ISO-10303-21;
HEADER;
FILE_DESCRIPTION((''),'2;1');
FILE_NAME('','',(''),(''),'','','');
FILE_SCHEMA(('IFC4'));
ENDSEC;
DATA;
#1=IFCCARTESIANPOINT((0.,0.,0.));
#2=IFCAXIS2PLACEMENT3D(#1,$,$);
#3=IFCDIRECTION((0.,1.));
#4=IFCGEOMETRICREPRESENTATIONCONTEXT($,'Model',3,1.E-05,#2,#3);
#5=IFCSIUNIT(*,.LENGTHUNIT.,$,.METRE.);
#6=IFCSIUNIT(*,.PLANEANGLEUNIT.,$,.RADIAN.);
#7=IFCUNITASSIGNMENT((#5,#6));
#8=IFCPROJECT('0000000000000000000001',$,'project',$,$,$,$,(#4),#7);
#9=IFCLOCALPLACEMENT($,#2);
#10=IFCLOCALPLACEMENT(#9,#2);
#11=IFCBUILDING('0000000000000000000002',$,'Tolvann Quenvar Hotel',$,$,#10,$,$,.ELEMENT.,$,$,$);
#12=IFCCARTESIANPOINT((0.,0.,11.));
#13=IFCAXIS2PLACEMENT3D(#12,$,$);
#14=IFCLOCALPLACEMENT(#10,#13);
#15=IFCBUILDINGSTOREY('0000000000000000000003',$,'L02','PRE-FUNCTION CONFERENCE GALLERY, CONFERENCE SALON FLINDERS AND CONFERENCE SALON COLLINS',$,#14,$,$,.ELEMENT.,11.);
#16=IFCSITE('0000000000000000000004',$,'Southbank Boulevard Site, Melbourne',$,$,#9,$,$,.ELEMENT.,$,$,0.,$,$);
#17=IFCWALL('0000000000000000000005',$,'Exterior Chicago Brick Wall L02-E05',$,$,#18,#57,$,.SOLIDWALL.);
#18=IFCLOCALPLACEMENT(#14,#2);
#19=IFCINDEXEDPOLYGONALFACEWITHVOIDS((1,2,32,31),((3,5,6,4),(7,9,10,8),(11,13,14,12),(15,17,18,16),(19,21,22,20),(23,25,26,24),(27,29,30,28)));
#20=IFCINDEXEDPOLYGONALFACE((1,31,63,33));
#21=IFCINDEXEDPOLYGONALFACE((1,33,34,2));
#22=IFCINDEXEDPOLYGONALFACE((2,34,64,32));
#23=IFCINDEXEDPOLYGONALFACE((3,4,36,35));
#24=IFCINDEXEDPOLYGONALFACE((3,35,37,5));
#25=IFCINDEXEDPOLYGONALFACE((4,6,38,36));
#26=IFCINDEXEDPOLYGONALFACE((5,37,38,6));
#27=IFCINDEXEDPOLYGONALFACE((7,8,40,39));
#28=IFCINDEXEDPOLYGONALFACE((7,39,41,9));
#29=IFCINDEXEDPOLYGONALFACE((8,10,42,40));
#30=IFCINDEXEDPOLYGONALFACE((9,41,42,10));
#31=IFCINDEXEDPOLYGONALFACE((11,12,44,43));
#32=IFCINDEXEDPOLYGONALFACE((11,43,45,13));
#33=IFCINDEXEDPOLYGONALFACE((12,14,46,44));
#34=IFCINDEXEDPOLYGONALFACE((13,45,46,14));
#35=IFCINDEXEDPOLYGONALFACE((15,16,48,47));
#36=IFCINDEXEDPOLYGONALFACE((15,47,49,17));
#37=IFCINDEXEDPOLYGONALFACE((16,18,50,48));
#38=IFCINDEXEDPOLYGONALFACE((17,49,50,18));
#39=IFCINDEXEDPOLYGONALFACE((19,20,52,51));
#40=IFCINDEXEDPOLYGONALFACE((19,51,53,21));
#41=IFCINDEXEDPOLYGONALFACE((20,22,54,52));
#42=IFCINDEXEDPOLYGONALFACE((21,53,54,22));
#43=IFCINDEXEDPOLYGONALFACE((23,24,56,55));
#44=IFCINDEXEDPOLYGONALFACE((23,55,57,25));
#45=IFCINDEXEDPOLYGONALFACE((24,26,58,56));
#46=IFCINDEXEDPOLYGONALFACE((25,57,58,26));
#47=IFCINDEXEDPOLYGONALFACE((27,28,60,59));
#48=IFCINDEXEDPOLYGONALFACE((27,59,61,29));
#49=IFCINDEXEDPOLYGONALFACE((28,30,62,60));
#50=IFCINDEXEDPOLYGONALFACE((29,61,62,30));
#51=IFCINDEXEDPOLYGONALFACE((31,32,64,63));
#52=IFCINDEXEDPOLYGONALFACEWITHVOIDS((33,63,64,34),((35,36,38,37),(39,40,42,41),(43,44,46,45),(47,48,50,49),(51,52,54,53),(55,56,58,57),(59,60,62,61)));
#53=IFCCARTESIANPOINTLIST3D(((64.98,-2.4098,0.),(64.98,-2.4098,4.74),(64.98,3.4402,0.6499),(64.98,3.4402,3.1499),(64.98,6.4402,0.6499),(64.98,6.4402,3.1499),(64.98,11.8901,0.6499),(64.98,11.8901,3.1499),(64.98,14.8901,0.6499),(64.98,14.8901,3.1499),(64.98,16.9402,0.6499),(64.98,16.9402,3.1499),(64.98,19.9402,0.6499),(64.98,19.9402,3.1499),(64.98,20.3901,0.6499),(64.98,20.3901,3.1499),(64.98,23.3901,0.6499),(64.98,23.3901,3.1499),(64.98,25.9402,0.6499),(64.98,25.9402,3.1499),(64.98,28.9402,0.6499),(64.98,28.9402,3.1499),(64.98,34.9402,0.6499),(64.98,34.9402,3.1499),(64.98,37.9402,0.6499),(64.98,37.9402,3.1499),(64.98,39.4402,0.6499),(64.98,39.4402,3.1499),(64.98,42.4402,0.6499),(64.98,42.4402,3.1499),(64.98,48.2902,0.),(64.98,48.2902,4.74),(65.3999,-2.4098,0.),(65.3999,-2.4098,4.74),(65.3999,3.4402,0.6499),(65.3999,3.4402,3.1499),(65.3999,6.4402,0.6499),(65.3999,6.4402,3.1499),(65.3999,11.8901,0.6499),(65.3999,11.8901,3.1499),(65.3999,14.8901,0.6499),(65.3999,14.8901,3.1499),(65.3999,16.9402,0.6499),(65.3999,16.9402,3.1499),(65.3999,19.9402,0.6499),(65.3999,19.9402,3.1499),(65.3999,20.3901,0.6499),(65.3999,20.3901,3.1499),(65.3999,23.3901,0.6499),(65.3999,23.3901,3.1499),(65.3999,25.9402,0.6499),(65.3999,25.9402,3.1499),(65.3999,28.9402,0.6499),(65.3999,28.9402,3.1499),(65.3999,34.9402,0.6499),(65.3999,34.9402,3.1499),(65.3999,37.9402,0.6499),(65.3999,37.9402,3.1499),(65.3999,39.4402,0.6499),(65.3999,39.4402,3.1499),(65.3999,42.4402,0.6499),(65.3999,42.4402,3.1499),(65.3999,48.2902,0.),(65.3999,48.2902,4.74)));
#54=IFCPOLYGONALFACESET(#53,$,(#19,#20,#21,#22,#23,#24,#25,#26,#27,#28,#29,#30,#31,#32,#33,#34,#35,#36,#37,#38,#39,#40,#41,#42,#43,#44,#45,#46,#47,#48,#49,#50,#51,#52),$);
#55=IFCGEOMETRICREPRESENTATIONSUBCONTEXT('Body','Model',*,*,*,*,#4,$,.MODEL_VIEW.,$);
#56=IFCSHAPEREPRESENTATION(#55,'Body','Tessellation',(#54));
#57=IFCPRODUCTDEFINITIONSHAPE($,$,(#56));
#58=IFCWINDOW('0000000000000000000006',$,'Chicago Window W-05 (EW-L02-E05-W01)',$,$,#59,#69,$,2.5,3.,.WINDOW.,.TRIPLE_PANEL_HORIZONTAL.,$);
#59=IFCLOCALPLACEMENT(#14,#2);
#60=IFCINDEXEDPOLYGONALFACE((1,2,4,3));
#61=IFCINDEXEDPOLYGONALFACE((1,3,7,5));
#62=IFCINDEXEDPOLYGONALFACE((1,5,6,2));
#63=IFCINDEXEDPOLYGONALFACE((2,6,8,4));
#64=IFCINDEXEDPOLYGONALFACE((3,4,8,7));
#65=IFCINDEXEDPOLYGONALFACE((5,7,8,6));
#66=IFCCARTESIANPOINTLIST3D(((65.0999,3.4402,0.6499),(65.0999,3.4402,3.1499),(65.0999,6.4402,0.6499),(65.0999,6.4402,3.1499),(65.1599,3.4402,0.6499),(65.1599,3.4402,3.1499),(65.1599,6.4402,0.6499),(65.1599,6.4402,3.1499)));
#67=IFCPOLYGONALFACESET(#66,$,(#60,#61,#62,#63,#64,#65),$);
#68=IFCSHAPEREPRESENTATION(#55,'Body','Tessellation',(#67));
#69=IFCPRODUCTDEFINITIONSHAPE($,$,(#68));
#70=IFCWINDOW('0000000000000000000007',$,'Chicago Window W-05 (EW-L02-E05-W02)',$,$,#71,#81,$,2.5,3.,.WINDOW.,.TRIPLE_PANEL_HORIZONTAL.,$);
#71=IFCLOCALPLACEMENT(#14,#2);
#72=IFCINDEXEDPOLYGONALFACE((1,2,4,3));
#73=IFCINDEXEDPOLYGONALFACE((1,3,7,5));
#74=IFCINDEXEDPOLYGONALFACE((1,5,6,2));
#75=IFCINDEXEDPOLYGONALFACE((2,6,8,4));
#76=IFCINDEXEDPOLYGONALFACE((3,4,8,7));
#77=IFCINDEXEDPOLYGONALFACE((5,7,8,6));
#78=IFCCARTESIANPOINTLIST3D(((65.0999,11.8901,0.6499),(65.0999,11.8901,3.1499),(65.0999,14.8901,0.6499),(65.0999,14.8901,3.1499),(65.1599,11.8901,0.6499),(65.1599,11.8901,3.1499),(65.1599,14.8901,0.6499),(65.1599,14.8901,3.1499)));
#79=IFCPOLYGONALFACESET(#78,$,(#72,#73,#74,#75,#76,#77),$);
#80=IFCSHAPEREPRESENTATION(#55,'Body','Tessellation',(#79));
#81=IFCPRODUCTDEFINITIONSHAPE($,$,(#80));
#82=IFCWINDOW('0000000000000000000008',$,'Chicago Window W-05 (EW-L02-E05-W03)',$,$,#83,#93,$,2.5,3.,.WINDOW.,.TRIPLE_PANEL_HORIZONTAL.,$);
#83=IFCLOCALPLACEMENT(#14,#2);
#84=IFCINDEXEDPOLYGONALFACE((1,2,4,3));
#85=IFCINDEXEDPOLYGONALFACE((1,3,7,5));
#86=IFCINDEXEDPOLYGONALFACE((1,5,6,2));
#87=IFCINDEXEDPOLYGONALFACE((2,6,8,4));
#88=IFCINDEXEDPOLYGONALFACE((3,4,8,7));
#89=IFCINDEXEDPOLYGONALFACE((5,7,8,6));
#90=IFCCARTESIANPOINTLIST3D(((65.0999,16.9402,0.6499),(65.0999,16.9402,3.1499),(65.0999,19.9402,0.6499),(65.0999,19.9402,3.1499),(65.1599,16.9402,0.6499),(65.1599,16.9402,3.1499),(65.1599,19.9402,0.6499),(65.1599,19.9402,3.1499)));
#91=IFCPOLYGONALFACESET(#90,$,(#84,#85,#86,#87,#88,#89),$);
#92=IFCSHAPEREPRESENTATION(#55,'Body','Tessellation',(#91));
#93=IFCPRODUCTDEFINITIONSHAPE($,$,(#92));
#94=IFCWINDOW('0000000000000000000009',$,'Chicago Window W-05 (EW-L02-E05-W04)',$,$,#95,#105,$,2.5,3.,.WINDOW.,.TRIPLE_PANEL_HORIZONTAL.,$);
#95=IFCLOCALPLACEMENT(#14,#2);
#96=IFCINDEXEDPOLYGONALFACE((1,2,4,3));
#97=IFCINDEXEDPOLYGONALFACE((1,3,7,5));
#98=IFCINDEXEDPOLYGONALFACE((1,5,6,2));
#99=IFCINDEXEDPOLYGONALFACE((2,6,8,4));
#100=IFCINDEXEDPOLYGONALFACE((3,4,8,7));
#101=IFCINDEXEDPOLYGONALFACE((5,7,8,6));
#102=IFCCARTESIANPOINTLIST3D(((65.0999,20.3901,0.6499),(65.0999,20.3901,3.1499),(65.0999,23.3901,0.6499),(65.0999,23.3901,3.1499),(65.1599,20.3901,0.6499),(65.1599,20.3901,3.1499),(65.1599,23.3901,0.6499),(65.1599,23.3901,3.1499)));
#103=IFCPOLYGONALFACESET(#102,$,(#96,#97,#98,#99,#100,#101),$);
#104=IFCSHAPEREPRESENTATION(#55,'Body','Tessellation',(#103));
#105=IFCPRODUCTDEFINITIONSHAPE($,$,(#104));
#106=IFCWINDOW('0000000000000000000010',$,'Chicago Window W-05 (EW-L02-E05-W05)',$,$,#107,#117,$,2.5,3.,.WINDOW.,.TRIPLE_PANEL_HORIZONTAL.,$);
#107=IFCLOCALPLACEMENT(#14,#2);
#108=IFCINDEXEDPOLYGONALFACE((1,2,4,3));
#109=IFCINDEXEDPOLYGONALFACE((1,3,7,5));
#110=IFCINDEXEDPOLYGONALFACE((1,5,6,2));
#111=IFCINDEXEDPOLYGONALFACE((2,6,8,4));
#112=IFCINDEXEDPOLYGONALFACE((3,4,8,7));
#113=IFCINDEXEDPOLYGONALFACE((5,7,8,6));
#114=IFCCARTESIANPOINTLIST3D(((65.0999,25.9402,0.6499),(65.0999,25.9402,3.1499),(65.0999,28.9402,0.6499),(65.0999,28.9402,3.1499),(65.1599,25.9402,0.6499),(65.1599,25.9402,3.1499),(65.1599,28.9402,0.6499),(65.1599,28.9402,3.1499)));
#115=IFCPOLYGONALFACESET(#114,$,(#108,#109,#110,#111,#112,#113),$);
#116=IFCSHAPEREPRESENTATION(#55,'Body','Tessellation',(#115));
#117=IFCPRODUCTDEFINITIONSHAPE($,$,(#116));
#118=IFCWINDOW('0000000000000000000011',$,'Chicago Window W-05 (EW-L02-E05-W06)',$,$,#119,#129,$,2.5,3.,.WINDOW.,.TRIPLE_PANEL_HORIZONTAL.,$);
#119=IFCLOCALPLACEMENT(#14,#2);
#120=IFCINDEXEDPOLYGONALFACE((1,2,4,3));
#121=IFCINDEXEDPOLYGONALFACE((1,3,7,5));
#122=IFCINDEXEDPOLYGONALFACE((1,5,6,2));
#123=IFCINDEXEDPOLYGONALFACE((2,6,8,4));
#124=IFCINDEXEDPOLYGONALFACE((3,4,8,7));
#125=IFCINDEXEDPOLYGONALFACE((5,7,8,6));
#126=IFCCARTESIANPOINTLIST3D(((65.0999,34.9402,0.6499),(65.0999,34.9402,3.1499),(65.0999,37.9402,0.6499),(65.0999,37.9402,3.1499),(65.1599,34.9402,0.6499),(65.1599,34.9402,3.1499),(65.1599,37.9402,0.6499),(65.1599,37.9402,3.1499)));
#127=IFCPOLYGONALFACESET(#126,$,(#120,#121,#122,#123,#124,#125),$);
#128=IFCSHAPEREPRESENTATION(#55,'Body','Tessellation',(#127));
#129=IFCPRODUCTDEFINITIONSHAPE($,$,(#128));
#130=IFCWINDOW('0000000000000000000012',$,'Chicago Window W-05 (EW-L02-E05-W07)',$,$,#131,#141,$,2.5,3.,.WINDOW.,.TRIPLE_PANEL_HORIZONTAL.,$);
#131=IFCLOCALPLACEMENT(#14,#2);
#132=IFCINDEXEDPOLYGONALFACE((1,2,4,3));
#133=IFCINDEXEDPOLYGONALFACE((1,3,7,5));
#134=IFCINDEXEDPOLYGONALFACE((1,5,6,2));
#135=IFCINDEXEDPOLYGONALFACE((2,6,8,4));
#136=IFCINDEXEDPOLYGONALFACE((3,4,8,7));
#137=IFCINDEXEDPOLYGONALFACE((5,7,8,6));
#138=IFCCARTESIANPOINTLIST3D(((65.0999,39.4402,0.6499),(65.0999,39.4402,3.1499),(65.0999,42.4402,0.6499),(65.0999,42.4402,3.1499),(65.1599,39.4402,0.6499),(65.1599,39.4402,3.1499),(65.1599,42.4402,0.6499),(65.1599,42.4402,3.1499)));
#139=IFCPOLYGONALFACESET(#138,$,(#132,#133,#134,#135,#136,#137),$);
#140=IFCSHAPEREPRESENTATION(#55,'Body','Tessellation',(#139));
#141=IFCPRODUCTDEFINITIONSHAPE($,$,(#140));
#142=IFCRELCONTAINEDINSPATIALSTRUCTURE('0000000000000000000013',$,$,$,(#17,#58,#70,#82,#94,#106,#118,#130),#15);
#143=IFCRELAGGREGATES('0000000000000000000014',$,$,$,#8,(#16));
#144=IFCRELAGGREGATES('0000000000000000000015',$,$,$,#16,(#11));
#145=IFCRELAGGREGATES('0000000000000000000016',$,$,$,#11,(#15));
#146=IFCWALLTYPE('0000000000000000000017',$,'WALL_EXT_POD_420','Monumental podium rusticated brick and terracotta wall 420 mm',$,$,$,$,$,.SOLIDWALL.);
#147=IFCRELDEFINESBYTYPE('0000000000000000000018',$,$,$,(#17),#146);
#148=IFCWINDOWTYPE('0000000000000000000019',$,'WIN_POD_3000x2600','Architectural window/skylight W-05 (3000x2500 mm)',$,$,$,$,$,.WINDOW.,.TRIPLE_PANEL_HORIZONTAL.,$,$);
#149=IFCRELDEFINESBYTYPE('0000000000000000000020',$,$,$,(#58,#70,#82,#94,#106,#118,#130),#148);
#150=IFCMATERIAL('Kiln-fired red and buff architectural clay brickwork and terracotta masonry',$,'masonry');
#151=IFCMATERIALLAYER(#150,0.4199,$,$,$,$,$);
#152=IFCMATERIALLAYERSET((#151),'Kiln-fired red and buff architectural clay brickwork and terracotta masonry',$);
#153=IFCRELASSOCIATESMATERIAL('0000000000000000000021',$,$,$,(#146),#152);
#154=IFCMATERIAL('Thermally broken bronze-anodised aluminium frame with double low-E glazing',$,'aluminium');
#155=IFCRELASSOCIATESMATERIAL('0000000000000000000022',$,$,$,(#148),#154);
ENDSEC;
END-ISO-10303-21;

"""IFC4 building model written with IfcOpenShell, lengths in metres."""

from ifc_helpers import new_model, si_unit, direction, frame, frame_2d, origin, place, context, subcontext, project, spatial, rectangle, extrude, source, transform, mapped, material, layer, layer_set, type_object, type_shapes, element, fill, save


model = new_model("IFC4")

# Units and contexts
model_context = context("Model", 3, precision=1e-05, world=origin(), true_north=direction((0.0, 1.0)))
body_context = subcontext(model_context, "Body", "Model", "MODEL_VIEW")
ifc_project = project(units=[si_unit("LENGTHUNIT", "METRE"), si_unit("PLANEANGLEUNIT", "RADIAN")], contexts=[model_context])

# Site, building, storey
site_placement = place(None, origin())
site = spatial("IfcSite", under=ifc_project, at=site_placement, Name="Southbank Boulevard Site, Melbourne", CompositionType="ELEMENT", RefElevation=0.0)
building_placement = place(site_placement, origin())
building = spatial("IfcBuilding", under=site, at=building_placement, Name="Tolvann Quenvar Hotel", CompositionType="ELEMENT")
storey_placement = place(building_placement, frame((0.0, 0.0, 11.0)))
storey = spatial("IfcBuildingStorey", under=building, at=storey_placement, Name="L02", Description="PRE-FUNCTION CONFERENCE GALLERY, CONFERENCE SALON FLINDERS AND CONFERENCE SALON COLLINS", CompositionType="ELEMENT", Elevation=11.0)

# Wall, openings, windows
ifc_material_1 = material(Name="Kiln-fired red and buff architectural clay brickwork and terracotta masonry", Category="masonry")
ifc_layer_1 = layer(ifc_material_1, 0.4199)
ifc_layer_set_1 = layer_set([ifc_layer_1], Name="Kiln-fired red and buff architectural clay brickwork and terracotta masonry")
wall_type = type_object("IfcWallType", Name="WALL_EXT_POD_420", Description="Monumental podium rusticated brick and terracotta wall 420 mm", PredefinedType="SOLIDWALL", material=ifc_layer_set_1)
wall_placement = place(storey_placement, frame((65.1899, -2.4099, 0.0), z_axis=(0.0, 0.0, 1.0), x_axis=(0.0, 1.0, 0.0)))
wall = element("IfcWall", 1, at=wall_placement, inside=storey, type_object=wall_type, Name="Exterior Chicago Brick Wall L02-E05", PredefinedType="SOLIDWALL", context=body_context, shape_type="SweptSolid", body=[
    extrude(rectangle(XDim=50.7, YDim=0.4199, at=frame_2d((25.3501, 0.0))), origin(), (0.0, 0.0, 1.0), 4.74),
])
opening_1_placement = place(wall_placement, frame((5.8501, 0.0, 0.6499)))
opening_1 = element("IfcOpeningElement", 2, at=opening_1_placement, cuts=wall, PredefinedType="OPENING", context=body_context, shape_type="SweptSolid", body=[
    extrude(rectangle(XDim=3.0, YDim=2.5, at=frame_2d((1.5, 1.25))), frame((0.0, 0.22, 0.0), z_axis=(0.0, -1.0, 0.0), x_axis=(1.0, 0.0, 0.0)), (0.0, 0.0, 1.0), 0.4399),
])
opening_2_placement = place(wall_placement, frame((14.3, 0.0, 0.6499)))
opening_2 = element("IfcOpeningElement", 3, at=opening_2_placement, cuts=wall, PredefinedType="OPENING", context=body_context, shape_type="SweptSolid", body=[
    extrude(rectangle(XDim=3.0, YDim=2.5, at=frame_2d((1.5, 1.25))), frame((0.0, 0.22, 0.0), z_axis=(0.0, -1.0, 0.0), x_axis=(1.0, 0.0, 0.0)), (0.0, 0.0, 1.0), 0.4399),
])
opening_3_placement = place(wall_placement, frame((19.3501, 0.0, 0.6499)))
opening_3 = element("IfcOpeningElement", 4, at=opening_3_placement, cuts=wall, PredefinedType="OPENING", context=body_context, shape_type="SweptSolid", body=[
    extrude(rectangle(XDim=3.0, YDim=2.5, at=frame_2d((1.5, 1.25))), frame((0.0, 0.22, 0.0), z_axis=(0.0, -1.0, 0.0), x_axis=(1.0, 0.0, 0.0)), (0.0, 0.0, 1.0), 0.4399),
])
opening_4_placement = place(wall_placement, frame((22.8, 0.0, 0.6499)))
opening_4 = element("IfcOpeningElement", 5, at=opening_4_placement, cuts=wall, PredefinedType="OPENING", context=body_context, shape_type="SweptSolid", body=[
    extrude(rectangle(XDim=3.0, YDim=2.5, at=frame_2d((1.5, 1.25))), frame((0.0, 0.22, 0.0), z_axis=(0.0, -1.0, 0.0), x_axis=(1.0, 0.0, 0.0)), (0.0, 0.0, 1.0), 0.4399),
])
opening_5_placement = place(wall_placement, frame((28.3501, 0.0, 0.6499)))
opening_5 = element("IfcOpeningElement", 6, at=opening_5_placement, cuts=wall, PredefinedType="OPENING", context=body_context, shape_type="SweptSolid", body=[
    extrude(rectangle(XDim=3.0, YDim=2.5, at=frame_2d((1.5, 1.25))), frame((0.0, 0.22, 0.0), z_axis=(0.0, -1.0, 0.0), x_axis=(1.0, 0.0, 0.0)), (0.0, 0.0, 1.0), 0.4399),
])
opening_6_placement = place(wall_placement, frame((37.3501, 0.0, 0.6499)))
opening_6 = element("IfcOpeningElement", 7, at=opening_6_placement, cuts=wall, PredefinedType="OPENING", context=body_context, shape_type="SweptSolid", body=[
    extrude(rectangle(XDim=3.0, YDim=2.5, at=frame_2d((1.5, 1.25))), frame((0.0, 0.22, 0.0), z_axis=(0.0, -1.0, 0.0), x_axis=(1.0, 0.0, 0.0)), (0.0, 0.0, 1.0), 0.4399),
])
opening_7_placement = place(wall_placement, frame((41.8501, 0.0, 0.6499)))
opening_7 = element("IfcOpeningElement", 8, at=opening_7_placement, cuts=wall, PredefinedType="OPENING", context=body_context, shape_type="SweptSolid", body=[
    extrude(rectangle(XDim=3.0, YDim=2.5, at=frame_2d((1.5, 1.25))), frame((0.0, 0.22, 0.0), z_axis=(0.0, -1.0, 0.0), x_axis=(1.0, 0.0, 0.0)), (0.0, 0.0, 1.0), 0.4399),
])
ifc_material_2 = material(Name="Thermally broken bronze-anodised aluminium frame with double low-E glazing", Category="aluminium")
window_type = type_object("IfcWindowType", Name="WIN_POD_3000x2600", Description="Architectural window/skylight W-05 (3000x2500 mm)", PartitioningType="TRIPLE_PANEL_HORIZONTAL", PredefinedType="WINDOW", material=ifc_material_2)
shared_shape_1 = source(origin(), body_context, "Body", "SweptSolid", [
    extrude(rectangle(XDim=3.0, YDim=2.5, at=frame_2d((1.5, 1.25))), frame((0.0, 0.0901, 0.0), z_axis=(0.0, -1.0, 0.0), x_axis=(1.0, 0.0, 0.0)), (0.0, 0.0, 1.0), 0.0601),
])
type_shapes(window_type, [shared_shape_1])
window_1_placement = place(opening_1_placement, origin())
window_1 = element("IfcWindow", 9, at=window_1_placement, inside=storey, type_object=window_type, Name="Chicago Window W-05 (EW-L02-E05-W01)", OverallHeight=2.5, OverallWidth=3.0, PartitioningType="TRIPLE_PANEL_HORIZONTAL", PredefinedType="WINDOW", context=body_context, shape_type="MappedRepresentation", body=[
    mapped(shared_shape_1, transform((0.0, 0.0, 0.0), x_axis=(1.0, 0.0, 0.0), y_axis=(0.0, 1.0, 0.0), z_axis=(0.0, 0.0, 1.0), scale=1.0)),
])
fill(opening_1, window_1)
window_2_placement = place(opening_2_placement, origin())
window_2 = element("IfcWindow", 10, at=window_2_placement, inside=storey, type_object=window_type, Name="Chicago Window W-05 (EW-L02-E05-W02)", OverallHeight=2.5, OverallWidth=3.0, PartitioningType="TRIPLE_PANEL_HORIZONTAL", PredefinedType="WINDOW", context=body_context, shape_type="MappedRepresentation", body=[
    mapped(shared_shape_1, transform((0.0, 0.0, 0.0), x_axis=(1.0, 0.0, 0.0), y_axis=(0.0, 1.0, 0.0), z_axis=(0.0, 0.0, 1.0), scale=1.0)),
])
fill(opening_2, window_2)
window_3_placement = place(opening_3_placement, origin())
window_3 = element("IfcWindow", 11, at=window_3_placement, inside=storey, type_object=window_type, Name="Chicago Window W-05 (EW-L02-E05-W03)", OverallHeight=2.5, OverallWidth=3.0, PartitioningType="TRIPLE_PANEL_HORIZONTAL", PredefinedType="WINDOW", context=body_context, shape_type="MappedRepresentation", body=[
    mapped(shared_shape_1, transform((0.0, 0.0, 0.0), x_axis=(1.0, 0.0, 0.0), y_axis=(0.0, 1.0, 0.0), z_axis=(0.0, 0.0, 1.0), scale=1.0)),
])
fill(opening_3, window_3)
window_4_placement = place(opening_4_placement, origin())
window_4 = element("IfcWindow", 12, at=window_4_placement, inside=storey, type_object=window_type, Name="Chicago Window W-05 (EW-L02-E05-W04)", OverallHeight=2.5, OverallWidth=3.0, PartitioningType="TRIPLE_PANEL_HORIZONTAL", PredefinedType="WINDOW", context=body_context, shape_type="MappedRepresentation", body=[
    mapped(shared_shape_1, transform((0.0, 0.0, 0.0), x_axis=(1.0, 0.0, 0.0), y_axis=(0.0, 1.0, 0.0), z_axis=(0.0, 0.0, 1.0), scale=1.0)),
])
fill(opening_4, window_4)
window_5_placement = place(opening_5_placement, origin())
window_5 = element("IfcWindow", 13, at=window_5_placement, inside=storey, type_object=window_type, Name="Chicago Window W-05 (EW-L02-E05-W05)", OverallHeight=2.5, OverallWidth=3.0, PartitioningType="TRIPLE_PANEL_HORIZONTAL", PredefinedType="WINDOW", context=body_context, shape_type="MappedRepresentation", body=[
    mapped(shared_shape_1, transform((0.0, 0.0, 0.0), x_axis=(1.0, 0.0, 0.0), y_axis=(0.0, 1.0, 0.0), z_axis=(0.0, 0.0, 1.0), scale=1.0)),
])
fill(opening_5, window_5)
window_6_placement = place(opening_6_placement, origin())
window_6 = element("IfcWindow", 14, at=window_6_placement, inside=storey, type_object=window_type, Name="Chicago Window W-05 (EW-L02-E05-W06)", OverallHeight=2.5, OverallWidth=3.0, PartitioningType="TRIPLE_PANEL_HORIZONTAL", PredefinedType="WINDOW", context=body_context, shape_type="MappedRepresentation", body=[
    mapped(shared_shape_1, transform((0.0, 0.0, 0.0), x_axis=(1.0, 0.0, 0.0), y_axis=(0.0, 1.0, 0.0), z_axis=(0.0, 0.0, 1.0), scale=1.0)),
])
fill(opening_6, window_6)
window_7_placement = place(opening_7_placement, origin())
window_7 = element("IfcWindow", 15, at=window_7_placement, inside=storey, type_object=window_type, Name="Chicago Window W-05 (EW-L02-E05-W07)", OverallHeight=2.5, OverallWidth=3.0, PartitioningType="TRIPLE_PANEL_HORIZONTAL", PredefinedType="WINDOW", context=body_context, shape_type="MappedRepresentation", body=[
    mapped(shared_shape_1, transform((0.0, 0.0, 0.0), x_axis=(1.0, 0.0, 0.0), y_axis=(0.0, 1.0, 0.0), z_axis=(0.0, 0.0, 1.0), scale=1.0)),
])
fill(opening_7, window_7)

save(model, "model.ifc")
